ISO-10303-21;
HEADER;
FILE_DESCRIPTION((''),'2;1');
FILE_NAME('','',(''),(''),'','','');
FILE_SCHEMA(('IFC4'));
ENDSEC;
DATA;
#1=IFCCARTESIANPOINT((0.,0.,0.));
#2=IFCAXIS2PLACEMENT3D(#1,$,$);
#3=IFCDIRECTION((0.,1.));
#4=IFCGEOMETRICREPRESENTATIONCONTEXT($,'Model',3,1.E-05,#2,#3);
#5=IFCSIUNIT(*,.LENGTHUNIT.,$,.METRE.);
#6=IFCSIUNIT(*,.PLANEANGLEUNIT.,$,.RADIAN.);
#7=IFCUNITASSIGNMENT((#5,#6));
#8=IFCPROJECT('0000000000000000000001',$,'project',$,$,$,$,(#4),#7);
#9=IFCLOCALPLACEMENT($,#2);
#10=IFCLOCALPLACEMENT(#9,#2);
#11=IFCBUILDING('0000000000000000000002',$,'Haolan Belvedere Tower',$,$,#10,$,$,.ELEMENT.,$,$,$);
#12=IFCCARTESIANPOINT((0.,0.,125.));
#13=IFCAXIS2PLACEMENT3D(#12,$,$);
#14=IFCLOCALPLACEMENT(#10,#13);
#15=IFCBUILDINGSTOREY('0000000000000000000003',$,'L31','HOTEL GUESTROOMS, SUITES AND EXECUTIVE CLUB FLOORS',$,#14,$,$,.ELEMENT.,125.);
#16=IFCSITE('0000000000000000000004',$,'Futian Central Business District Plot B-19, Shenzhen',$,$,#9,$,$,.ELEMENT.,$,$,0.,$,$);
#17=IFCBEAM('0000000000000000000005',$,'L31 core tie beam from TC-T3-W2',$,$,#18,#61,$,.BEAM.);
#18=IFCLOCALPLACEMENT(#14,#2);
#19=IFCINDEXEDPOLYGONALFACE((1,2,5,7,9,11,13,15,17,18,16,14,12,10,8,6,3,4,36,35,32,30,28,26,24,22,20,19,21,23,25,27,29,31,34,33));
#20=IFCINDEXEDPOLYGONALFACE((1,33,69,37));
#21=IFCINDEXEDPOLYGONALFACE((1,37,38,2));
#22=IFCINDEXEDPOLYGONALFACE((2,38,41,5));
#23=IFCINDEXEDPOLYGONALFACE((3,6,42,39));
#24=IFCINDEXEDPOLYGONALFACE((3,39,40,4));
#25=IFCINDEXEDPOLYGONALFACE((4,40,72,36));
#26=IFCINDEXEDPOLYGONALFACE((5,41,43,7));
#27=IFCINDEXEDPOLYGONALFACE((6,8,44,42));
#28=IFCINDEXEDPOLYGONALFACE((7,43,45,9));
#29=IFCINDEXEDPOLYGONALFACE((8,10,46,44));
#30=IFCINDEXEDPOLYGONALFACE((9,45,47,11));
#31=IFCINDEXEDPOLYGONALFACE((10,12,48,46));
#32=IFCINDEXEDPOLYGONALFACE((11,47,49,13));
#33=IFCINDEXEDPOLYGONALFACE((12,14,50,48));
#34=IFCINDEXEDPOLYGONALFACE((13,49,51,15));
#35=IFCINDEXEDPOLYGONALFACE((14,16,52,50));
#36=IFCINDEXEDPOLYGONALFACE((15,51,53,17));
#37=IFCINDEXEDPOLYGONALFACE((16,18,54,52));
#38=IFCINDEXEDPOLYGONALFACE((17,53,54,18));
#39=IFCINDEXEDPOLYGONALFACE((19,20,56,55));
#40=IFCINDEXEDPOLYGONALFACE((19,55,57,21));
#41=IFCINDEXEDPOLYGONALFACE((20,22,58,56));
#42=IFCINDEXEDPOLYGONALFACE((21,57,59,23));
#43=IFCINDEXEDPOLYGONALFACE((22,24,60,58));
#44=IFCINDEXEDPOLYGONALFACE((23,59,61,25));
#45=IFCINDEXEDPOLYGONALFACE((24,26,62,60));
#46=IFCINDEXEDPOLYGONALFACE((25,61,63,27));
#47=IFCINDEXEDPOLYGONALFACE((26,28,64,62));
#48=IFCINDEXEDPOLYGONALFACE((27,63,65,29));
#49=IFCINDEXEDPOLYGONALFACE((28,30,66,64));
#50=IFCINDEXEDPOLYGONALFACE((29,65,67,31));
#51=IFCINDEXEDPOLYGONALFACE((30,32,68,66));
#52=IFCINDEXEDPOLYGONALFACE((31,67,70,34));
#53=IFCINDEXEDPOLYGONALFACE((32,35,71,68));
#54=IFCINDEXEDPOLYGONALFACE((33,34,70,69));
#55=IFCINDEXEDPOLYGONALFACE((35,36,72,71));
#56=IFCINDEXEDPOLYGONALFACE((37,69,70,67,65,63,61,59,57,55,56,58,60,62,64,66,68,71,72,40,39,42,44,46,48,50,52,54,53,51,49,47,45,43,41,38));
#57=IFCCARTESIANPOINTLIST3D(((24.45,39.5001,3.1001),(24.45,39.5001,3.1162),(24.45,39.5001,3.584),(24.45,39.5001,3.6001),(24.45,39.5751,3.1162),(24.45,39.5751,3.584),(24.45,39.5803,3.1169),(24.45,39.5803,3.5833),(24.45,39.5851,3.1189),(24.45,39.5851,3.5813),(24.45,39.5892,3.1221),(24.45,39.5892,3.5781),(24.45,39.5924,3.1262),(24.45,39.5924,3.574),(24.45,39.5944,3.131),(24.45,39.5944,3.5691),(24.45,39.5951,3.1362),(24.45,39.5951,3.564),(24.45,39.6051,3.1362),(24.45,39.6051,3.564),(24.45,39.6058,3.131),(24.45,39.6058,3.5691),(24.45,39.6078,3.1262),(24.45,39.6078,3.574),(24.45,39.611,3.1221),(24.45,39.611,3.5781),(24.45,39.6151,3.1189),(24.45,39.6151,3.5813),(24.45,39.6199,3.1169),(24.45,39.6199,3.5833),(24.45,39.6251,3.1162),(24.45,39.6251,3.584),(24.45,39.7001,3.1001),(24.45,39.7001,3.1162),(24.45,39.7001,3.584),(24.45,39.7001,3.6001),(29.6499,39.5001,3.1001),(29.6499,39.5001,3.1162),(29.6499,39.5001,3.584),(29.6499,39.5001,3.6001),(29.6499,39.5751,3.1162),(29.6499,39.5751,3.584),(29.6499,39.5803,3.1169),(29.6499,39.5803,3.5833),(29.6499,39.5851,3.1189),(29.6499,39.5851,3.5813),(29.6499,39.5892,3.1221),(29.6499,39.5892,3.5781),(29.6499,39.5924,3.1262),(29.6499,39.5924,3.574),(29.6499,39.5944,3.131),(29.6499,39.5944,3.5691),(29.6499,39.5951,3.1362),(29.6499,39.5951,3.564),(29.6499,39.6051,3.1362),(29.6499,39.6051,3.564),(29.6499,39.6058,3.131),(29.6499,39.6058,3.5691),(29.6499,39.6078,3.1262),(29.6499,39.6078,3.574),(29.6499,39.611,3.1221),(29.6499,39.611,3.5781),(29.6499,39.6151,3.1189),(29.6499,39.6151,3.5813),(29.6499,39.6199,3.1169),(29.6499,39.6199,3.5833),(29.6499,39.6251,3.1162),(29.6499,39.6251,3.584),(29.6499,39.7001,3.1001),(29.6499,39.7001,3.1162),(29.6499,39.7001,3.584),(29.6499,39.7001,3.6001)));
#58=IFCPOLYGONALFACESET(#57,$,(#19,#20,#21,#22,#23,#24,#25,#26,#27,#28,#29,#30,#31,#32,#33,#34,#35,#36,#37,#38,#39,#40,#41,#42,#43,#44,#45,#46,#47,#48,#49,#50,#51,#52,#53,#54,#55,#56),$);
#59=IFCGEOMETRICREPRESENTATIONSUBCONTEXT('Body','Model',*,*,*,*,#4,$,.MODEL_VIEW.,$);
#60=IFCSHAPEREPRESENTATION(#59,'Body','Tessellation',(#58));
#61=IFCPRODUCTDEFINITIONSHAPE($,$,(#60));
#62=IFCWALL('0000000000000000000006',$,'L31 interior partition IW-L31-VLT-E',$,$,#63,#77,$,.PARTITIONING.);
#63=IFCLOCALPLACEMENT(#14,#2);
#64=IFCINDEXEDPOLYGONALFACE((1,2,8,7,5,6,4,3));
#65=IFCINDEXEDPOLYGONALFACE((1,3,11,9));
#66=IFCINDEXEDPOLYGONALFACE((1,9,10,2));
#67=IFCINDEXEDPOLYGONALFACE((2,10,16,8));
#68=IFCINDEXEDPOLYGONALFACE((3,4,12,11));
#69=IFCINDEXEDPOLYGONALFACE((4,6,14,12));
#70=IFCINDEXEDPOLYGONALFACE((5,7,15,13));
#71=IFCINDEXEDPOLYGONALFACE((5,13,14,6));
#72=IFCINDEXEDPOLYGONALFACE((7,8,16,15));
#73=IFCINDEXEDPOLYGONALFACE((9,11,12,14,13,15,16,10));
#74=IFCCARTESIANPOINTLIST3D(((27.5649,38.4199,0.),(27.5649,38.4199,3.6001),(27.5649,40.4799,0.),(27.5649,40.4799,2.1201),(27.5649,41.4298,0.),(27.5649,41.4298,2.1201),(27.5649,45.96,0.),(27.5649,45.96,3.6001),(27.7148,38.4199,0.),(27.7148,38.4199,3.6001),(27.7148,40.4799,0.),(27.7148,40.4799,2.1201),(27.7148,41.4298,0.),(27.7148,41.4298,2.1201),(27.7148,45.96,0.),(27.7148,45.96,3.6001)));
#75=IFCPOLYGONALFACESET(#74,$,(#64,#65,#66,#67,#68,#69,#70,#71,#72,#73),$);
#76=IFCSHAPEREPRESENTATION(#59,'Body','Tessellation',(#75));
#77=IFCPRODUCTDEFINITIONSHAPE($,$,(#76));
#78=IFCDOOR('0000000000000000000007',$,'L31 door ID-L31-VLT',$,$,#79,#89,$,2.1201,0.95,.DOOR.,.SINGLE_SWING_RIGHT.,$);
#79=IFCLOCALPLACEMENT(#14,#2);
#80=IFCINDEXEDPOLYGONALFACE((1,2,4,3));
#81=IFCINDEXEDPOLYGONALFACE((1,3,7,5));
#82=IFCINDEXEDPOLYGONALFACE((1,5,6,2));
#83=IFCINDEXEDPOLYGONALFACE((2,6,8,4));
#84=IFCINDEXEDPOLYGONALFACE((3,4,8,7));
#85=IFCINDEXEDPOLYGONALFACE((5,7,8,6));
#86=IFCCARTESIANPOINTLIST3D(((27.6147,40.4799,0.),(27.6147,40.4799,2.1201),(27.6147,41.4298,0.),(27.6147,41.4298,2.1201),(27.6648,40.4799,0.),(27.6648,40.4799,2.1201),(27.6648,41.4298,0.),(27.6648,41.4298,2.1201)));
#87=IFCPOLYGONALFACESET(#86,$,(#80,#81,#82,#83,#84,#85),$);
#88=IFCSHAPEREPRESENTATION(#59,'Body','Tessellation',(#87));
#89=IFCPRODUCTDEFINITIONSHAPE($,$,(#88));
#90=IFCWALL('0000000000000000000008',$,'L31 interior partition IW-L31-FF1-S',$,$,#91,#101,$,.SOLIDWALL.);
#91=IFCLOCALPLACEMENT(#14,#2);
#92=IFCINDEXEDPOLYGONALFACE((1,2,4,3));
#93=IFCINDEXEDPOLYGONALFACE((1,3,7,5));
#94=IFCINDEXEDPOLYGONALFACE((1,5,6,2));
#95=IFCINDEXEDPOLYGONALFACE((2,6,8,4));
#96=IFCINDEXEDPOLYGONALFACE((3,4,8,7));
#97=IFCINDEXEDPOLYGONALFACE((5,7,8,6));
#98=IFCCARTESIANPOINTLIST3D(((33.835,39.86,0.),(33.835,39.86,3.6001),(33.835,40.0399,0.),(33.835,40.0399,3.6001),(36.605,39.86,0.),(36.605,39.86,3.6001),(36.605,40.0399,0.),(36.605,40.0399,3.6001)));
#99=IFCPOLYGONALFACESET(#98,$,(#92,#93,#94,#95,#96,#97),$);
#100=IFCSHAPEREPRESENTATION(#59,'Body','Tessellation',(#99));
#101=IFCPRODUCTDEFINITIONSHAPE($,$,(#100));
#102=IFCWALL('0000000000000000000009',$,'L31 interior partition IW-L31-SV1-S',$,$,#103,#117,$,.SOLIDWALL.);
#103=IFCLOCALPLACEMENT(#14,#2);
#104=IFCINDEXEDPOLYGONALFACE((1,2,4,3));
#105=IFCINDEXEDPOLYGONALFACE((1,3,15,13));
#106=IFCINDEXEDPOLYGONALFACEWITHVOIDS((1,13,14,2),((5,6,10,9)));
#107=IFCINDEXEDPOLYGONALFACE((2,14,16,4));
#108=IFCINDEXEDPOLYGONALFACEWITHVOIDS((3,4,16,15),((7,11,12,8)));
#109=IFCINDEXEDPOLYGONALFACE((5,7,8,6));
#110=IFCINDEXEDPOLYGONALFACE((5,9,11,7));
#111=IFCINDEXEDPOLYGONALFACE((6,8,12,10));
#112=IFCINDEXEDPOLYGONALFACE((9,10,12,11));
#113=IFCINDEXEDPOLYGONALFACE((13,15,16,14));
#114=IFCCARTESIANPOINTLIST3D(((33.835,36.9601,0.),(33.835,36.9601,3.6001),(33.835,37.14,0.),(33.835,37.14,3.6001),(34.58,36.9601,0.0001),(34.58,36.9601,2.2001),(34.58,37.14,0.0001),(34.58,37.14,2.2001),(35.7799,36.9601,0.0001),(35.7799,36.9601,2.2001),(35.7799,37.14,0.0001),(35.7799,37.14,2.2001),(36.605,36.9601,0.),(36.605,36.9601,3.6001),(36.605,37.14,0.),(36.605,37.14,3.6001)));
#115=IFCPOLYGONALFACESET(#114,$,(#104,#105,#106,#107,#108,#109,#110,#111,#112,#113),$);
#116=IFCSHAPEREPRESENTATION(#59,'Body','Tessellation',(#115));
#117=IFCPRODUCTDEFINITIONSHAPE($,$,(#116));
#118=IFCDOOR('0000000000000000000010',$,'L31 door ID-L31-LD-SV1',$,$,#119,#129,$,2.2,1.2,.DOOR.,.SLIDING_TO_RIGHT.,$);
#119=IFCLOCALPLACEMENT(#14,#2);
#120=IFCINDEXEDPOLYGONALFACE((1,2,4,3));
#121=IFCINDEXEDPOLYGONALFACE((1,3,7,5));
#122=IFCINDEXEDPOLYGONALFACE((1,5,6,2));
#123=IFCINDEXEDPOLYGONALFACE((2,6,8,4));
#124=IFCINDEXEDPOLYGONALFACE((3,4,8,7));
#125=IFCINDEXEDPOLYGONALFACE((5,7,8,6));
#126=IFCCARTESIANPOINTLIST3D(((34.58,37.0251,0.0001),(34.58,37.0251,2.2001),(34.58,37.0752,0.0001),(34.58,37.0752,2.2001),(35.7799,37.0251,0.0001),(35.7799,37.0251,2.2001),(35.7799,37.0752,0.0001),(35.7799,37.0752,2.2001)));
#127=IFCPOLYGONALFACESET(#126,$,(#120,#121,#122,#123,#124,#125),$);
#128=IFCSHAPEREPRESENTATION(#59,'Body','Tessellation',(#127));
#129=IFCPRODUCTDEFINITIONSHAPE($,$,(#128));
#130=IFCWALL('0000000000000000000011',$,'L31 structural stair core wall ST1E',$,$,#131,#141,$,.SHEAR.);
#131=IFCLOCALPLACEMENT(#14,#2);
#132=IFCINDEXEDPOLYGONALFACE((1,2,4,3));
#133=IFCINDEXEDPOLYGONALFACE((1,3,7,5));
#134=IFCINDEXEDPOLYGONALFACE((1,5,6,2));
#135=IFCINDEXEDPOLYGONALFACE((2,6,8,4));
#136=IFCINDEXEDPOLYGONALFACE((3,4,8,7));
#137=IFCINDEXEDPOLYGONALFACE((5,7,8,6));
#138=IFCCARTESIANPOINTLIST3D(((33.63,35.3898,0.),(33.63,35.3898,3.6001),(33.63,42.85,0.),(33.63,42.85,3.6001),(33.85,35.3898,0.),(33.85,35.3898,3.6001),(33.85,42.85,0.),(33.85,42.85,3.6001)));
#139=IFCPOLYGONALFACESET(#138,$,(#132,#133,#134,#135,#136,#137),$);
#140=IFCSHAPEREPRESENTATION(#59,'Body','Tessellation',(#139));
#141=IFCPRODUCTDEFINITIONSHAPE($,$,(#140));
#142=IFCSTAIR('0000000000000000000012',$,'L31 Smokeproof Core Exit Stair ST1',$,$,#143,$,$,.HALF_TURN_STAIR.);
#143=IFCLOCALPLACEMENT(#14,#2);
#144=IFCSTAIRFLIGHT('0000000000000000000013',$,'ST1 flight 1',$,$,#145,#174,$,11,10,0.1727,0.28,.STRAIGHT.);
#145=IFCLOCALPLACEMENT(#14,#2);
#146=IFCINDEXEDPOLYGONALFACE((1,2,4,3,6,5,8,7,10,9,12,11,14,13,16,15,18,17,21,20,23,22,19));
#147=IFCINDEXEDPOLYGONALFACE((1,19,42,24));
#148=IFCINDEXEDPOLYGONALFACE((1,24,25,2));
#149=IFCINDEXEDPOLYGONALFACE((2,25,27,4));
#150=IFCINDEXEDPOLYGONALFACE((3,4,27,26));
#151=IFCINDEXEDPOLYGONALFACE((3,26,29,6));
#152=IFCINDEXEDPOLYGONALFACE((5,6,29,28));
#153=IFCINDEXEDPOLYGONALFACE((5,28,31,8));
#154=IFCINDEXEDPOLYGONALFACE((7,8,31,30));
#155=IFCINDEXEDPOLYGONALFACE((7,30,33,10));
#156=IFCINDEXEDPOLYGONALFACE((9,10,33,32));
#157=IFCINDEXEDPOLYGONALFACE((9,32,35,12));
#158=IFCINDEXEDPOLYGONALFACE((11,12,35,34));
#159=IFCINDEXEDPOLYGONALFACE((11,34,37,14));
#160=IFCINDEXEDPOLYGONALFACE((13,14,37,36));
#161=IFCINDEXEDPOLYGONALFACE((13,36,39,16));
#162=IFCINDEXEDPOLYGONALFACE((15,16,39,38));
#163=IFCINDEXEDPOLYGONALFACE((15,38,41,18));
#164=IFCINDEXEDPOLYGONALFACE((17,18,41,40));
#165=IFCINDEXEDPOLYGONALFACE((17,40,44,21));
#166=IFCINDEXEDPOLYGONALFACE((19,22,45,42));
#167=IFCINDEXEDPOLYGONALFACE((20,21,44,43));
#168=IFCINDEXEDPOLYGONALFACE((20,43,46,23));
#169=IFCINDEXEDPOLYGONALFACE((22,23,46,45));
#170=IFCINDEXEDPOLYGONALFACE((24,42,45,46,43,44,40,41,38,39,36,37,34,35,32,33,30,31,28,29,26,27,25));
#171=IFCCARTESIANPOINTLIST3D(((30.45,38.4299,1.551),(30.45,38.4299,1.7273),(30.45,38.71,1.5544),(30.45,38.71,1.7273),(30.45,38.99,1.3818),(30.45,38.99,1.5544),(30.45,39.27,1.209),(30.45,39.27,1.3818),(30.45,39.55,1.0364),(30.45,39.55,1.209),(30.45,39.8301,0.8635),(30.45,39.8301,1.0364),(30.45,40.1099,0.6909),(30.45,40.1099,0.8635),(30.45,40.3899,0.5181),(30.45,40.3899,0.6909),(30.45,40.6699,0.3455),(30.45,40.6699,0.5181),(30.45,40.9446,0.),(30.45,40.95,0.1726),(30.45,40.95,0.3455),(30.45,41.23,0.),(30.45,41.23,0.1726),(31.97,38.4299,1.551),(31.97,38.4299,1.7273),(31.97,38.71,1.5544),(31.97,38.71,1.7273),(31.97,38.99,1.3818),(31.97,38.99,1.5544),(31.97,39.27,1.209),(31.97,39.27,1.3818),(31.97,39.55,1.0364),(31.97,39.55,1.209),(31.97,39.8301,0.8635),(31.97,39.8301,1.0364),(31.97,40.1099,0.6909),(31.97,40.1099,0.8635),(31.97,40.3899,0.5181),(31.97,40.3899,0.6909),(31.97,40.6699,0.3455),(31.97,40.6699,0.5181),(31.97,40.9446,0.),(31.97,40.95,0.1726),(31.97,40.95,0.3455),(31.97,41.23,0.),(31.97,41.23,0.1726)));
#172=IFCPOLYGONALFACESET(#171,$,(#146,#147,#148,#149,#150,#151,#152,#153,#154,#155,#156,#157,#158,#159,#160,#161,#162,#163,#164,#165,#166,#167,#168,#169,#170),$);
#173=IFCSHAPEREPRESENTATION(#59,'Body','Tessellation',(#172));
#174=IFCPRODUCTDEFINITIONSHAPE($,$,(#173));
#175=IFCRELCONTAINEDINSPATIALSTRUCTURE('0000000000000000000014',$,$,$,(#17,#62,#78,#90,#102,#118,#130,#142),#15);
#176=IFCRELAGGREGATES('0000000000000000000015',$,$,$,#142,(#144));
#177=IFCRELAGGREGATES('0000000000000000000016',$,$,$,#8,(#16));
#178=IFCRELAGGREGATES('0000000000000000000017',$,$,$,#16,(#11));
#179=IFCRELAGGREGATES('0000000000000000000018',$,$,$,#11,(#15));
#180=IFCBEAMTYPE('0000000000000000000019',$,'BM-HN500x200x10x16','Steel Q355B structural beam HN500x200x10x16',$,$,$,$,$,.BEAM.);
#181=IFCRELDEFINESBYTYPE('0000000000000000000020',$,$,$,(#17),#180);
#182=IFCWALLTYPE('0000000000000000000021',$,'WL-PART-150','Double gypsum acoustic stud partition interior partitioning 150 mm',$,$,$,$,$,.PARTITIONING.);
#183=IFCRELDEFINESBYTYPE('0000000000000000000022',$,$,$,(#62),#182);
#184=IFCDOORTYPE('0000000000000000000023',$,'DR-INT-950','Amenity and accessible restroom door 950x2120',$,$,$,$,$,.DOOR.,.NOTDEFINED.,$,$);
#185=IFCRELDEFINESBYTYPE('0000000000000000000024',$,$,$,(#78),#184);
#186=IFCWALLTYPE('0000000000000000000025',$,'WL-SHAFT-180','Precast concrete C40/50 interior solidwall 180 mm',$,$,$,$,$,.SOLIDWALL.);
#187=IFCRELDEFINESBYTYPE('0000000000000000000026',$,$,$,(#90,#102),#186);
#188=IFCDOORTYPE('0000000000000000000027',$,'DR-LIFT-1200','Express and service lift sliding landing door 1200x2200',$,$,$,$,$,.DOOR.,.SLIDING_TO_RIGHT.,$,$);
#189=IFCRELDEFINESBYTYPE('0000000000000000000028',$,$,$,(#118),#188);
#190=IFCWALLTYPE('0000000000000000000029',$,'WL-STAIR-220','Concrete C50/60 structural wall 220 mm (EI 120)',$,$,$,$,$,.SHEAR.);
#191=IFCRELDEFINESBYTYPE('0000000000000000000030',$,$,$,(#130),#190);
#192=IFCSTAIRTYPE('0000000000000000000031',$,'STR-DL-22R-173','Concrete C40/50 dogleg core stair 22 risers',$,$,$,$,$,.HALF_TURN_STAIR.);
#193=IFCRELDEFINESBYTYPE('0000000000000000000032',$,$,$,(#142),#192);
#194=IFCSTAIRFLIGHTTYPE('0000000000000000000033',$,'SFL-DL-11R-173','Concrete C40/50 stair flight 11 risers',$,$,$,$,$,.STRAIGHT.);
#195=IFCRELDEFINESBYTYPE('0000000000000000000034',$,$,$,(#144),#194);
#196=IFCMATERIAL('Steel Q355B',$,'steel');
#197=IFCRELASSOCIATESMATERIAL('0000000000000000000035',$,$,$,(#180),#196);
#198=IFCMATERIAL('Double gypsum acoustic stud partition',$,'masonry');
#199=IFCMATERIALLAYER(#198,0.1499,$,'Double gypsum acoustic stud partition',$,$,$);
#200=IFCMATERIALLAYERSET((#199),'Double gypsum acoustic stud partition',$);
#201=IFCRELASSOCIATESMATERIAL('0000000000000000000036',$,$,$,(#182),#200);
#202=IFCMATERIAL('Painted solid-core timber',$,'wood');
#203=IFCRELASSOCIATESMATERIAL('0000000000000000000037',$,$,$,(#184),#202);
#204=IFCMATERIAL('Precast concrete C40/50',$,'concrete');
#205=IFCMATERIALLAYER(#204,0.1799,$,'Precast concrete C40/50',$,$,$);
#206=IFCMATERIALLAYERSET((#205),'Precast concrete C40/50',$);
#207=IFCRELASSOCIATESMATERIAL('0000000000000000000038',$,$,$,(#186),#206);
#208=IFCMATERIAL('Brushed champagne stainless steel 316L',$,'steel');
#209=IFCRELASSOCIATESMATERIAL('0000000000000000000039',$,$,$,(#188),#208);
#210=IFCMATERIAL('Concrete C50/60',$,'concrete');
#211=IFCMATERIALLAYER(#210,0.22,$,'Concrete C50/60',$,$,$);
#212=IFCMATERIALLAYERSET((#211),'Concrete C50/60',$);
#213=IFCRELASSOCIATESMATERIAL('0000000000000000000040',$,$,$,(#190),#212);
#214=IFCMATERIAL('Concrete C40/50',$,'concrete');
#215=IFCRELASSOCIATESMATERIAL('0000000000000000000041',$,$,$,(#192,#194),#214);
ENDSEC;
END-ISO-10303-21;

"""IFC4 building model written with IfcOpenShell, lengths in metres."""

from ifc_helpers import new_model, si_unit, direction, frame, frame_2d, origin, origin_2d, place, context, subcontext, project, spatial, polyline, rectangle, i_section, outline, extrude, material, layer, layer_set, material_profile, profile_set, type_object, element, fill, aggregate, save


model = new_model("IFC4")

# Units and contexts
model_context = context("Model", 3, precision=1e-05, world=origin(), true_north=direction((0.0, 1.0)))
body_context = subcontext(model_context, "Body", "Model", "MODEL_VIEW")
ifc_project = project(units=[si_unit("LENGTHUNIT", "METRE"), si_unit("PLANEANGLEUNIT", "RADIAN")], contexts=[model_context])

# Site, building, storey
site_placement = place(None, origin())
site = spatial("IfcSite", under=ifc_project, at=site_placement, Name="Futian Central Business District Plot B-19, Shenzhen", CompositionType="ELEMENT", RefElevation=0.0)
building_placement = place(site_placement, origin())
building = spatial("IfcBuilding", under=site, at=building_placement, Name="Haolan Belvedere Tower", CompositionType="ELEMENT")
storey_placement = place(building_placement, frame((0.0, 0.0, 125.0)))
storey = spatial("IfcBuildingStorey", under=building, at=storey_placement, Name="L31", Description="HOTEL GUESTROOMS, SUITES AND EXECUTIVE CLUB FLOORS", CompositionType="ELEMENT", Elevation=125.0)

# Beam
ifc_material_1 = material(Name="Steel Q355B", Category="steel")
ifc_material_profile = material_profile(ifc_material_1, i_section(OverallWidth=0.2, OverallDepth=0.5, WebThickness=0.01, FlangeThickness=0.0161, FilletRadius=0.02, at=origin_2d()), Name="Steel Q355B")
ifc_profile_set = profile_set([ifc_material_profile], Name="Steel Q355B")
beam_type = type_object("IfcBeamType", Name="BM-HN500x200x10x16", Description="Steel Q355B structural beam HN500x200x10x16", PredefinedType="BEAM", material=ifc_profile_set)
beam_placement = place(storey_placement, frame((24.45, 39.6001, 3.3501), z_axis=(1.0, 0.0, 0.0), x_axis=(0.0, 1.0, 0.0)))
element("IfcBeam", 1, at=beam_placement, inside=storey, type_object=beam_type, Name="L31 core tie beam from TC-T3-W2", PredefinedType="BEAM", context=body_context, shape_type="SweptSolid", body=[
    extrude(i_section(OverallWidth=0.2, OverallDepth=0.5, WebThickness=0.01, FlangeThickness=0.0161, FilletRadius=0.02, at=origin_2d()), origin(), (0.0, 0.0, 1.0), 5.2),
])

# Wall, opening, door
ifc_material_2 = material(Name="Double gypsum acoustic stud partition", Category="masonry")
ifc_layer_1 = layer(ifc_material_2, 0.1499, Name="Double gypsum acoustic stud partition")
ifc_layer_set_1 = layer_set([ifc_layer_1], Name="Double gypsum acoustic stud partition")
wall_type_1 = type_object("IfcWallType", Name="WL-PART-150", Description="Double gypsum acoustic stud partition interior partitioning 150 mm", PredefinedType="PARTITIONING", material=ifc_layer_set_1)
wall_1_placement = place(storey_placement, frame((27.6399, 38.4199, 0.0), z_axis=(0.0, 0.0, 1.0), x_axis=(0.0, 1.0, 0.0)))
wall_1 = element("IfcWall", 2, at=wall_1_placement, inside=storey, type_object=wall_type_1, Name="L31 interior partition IW-L31-VLT-E", PredefinedType="PARTITIONING", context=body_context, shape_type="SweptSolid", body=[
    extrude(rectangle(XDim=7.54, YDim=0.1499, at=frame_2d((3.77, 0.0))), origin(), (0.0, 0.0, 1.0), 3.6001),
])
opening_1_placement = place(wall_1_placement, frame((3.01, 0.0, 0.0), z_axis=(0.0, 0.0, 1.0), x_axis=(-1.0, 0.0, 0.0)))
opening_1 = element("IfcOpeningElement", 3, at=opening_1_placement, cuts=wall_1, PredefinedType="OPENING", context=body_context, shape_type="SweptSolid", body=[
    extrude(rectangle(XDim=0.95, YDim=2.1201, at=frame_2d((0.4751, 1.0601))), frame((0.0, 0.085, 0.0), z_axis=(0.0, -1.0, 0.0), x_axis=(1.0, 0.0, 0.0)), (0.0, 0.0, 1.0), 0.1699),
])
ifc_material_3 = material(Name="Painted solid-core timber", Category="wood")
door_type_1 = type_object("IfcDoorType", Name="DR-INT-950", Description="Amenity and accessible restroom door 950x2120", OperationType="NOTDEFINED", PredefinedType="DOOR", material=ifc_material_3)
door_1_placement = place(opening_1_placement, origin())
door_1 = element("IfcDoor", 4, at=door_1_placement, inside=storey, type_object=door_type_1, Name="L31 door ID-L31-VLT", OperationType="SINGLE_SWING_RIGHT", OverallHeight=2.1201, OverallWidth=0.95, PredefinedType="DOOR", context=body_context, shape_type="SweptSolid", body=[
    extrude(rectangle(XDim=0.95, YDim=2.1201, at=frame_2d((0.4751, 1.0601))), frame((0.0, 0.0249, 0.0), z_axis=(0.0, -1.0, 0.0), x_axis=(1.0, 0.0, 0.0)), (0.0, 0.0, 1.0), 0.05),
])
fill(opening_1, door_1)

# Wall
ifc_material_4 = material(Name="Precast concrete C40/50", Category="concrete")
ifc_layer_2 = layer(ifc_material_4, 0.1799, Name="Precast concrete C40/50")
ifc_layer_set_2 = layer_set([ifc_layer_2], Name="Precast concrete C40/50")
wall_type_2 = type_object("IfcWallType", Name="WL-SHAFT-180", Description="Precast concrete C40/50 interior solidwall 180 mm", PredefinedType="SOLIDWALL", material=ifc_layer_set_2)
wall_2_placement = place(storey_placement, frame((33.835, 39.95, 0.0), z_axis=(0.0, 0.0, 1.0), x_axis=(1.0, 0.0, 0.0)))
element("IfcWall", 5, at=wall_2_placement, inside=storey, type_object=wall_type_2, Name="L31 interior partition IW-L31-FF1-S", PredefinedType="SOLIDWALL", context=body_context, shape_type="SweptSolid", body=[
    extrude(rectangle(XDim=2.77, YDim=0.1799, at=frame_2d((1.385, 0.0))), origin(), (0.0, 0.0, 1.0), 3.6001),
])

# Wall, opening, door
wall_3_placement = place(storey_placement, frame((33.835, 37.05, 0.0), z_axis=(0.0, 0.0, 1.0), x_axis=(1.0, 0.0, 0.0)))
wall_3 = element("IfcWall", 6, at=wall_3_placement, inside=storey, type_object=wall_type_2, Name="L31 interior partition IW-L31-SV1-S", PredefinedType="SOLIDWALL", context=body_context, shape_type="SweptSolid", body=[
    extrude(rectangle(XDim=2.77, YDim=0.1799, at=frame_2d((1.385, 0.0))), origin(), (0.0, 0.0, 1.0), 3.6001),
])
opening_2_placement = place(wall_3_placement, frame((1.9451, 0.0, 0.0), z_axis=(0.0, 0.0, 1.0), x_axis=(-1.0, 0.0, 0.0)))
opening_2 = element("IfcOpeningElement", 7, at=opening_2_placement, cuts=wall_3, PredefinedType="OPENING", context=body_context, shape_type="SweptSolid", body=[
    extrude(rectangle(XDim=1.2, YDim=2.2, at=frame_2d((0.6001, 1.1001))), frame((0.0, 0.0999, 0.0), z_axis=(0.0, -1.0, 0.0), x_axis=(1.0, 0.0, 0.0)), (0.0, 0.0, 1.0), 0.2),
])
ifc_material_5 = material(Name="Brushed champagne stainless steel 316L", Category="steel")
door_type_2 = type_object("IfcDoorType", Name="DR-LIFT-1200", Description="Express and service lift sliding landing door 1200x2200", OperationType="SLIDING_TO_RIGHT", PredefinedType="DOOR", material=ifc_material_5)
door_2_placement = place(opening_2_placement, origin())
door_2 = element("IfcDoor", 8, at=door_2_placement, inside=storey, type_object=door_type_2, Name="L31 door ID-L31-LD-SV1", OperationType="SLIDING_TO_RIGHT", OverallHeight=2.2, OverallWidth=1.2, PredefinedType="DOOR", context=body_context, shape_type="SweptSolid", body=[
    extrude(rectangle(XDim=1.2, YDim=2.2, at=frame_2d((0.6001, 1.1001))), frame((0.0, 0.0249, 0.0), z_axis=(0.0, -1.0, 0.0), x_axis=(1.0, 0.0, 0.0)), (0.0, 0.0, 1.0), 0.05),
])
fill(opening_2, door_2)

# Wall
ifc_material_6 = material(Name="Concrete C50/60", Category="concrete")
ifc_layer_3 = layer(ifc_material_6, 0.22, Name="Concrete C50/60")
ifc_layer_set_3 = layer_set([ifc_layer_3], Name="Concrete C50/60")
wall_type_3 = type_object("IfcWallType", Name="WL-STAIR-220", Description="Concrete C50/60 structural wall 220 mm (EI 120)", PredefinedType="SHEAR", material=ifc_layer_set_3)
wall_4_placement = place(storey_placement, frame((33.74, 35.3899, 0.0), z_axis=(0.0, 0.0, 1.0), x_axis=(0.0, 1.0, 0.0)))
element("IfcWall", 9, at=wall_4_placement, inside=storey, type_object=wall_type_3, Name="L31 structural stair core wall ST1E", PredefinedType="SHEAR", context=body_context, shape_type="SweptSolid", body=[
    extrude(rectangle(XDim=7.4602, YDim=0.22, at=frame_2d((3.73, 0.0))), origin(), (0.0, 0.0, 1.0), 3.6001),
])

# Stair, stair flight
ifc_material_7 = material(Name="Concrete C40/50", Category="concrete")
stair_type = type_object("IfcStairType", Name="STR-DL-22R-173", Description="Concrete C40/50 dogleg core stair 22 risers", PredefinedType="HALF_TURN_STAIR", material=ifc_material_7)
stair_placement = place(storey_placement, origin())
stair = element("IfcStair", 10, at=stair_placement, inside=storey, type_object=stair_type, Name="L31 Smokeproof Core Exit Stair ST1", PredefinedType="HALF_TURN_STAIR")
stair_flight_type = type_object("IfcStairFlightType", Name="SFL-DL-11R-173", Description="Concrete C40/50 stair flight 11 risers", PredefinedType="STRAIGHT", material=ifc_material_7)
stair_flight_1_placement = place(storey_placement, frame((31.21, 41.23, 0.0), z_axis=(0.0, 0.0, 1.0), x_axis=(0.0, -1.0, 0.0)))
stair_flight_1 = element("IfcStairFlight", 11, at=stair_flight_1_placement, type_object=stair_flight_type, Name="ST1 flight 1", NumberOfRisers=11, NumberOfTreads=10, PredefinedType="STRAIGHT", RiserHeight=0.1727, TreadLength=0.28, context=body_context, shape_type="SweptSolid", body=[
    extrude(outline(polyline([(0.0, 0.0), (0.0, 0.1726), (0.28, 0.1726), (0.28, 0.3455), (0.5601, 0.3455), (0.5601, 0.5181), (0.8401, 0.5181), (0.8401, 0.6909), (1.1201, 0.6909), (1.1201, 0.8635), (1.3999, 0.8635), (1.3999, 1.0364), (1.6799, 1.0364), (1.6799, 1.209), (1.96, 1.209), (1.96, 1.3818), (2.24, 1.3818), (2.24, 1.5544), (2.52, 1.5544), (2.52, 1.7273), (2.8, 1.7273), (2.8, 1.8999), (2.8, 1.551), (0.2854, 0.0), (0.0, 0.0)])), frame((0.0, 0.76, 0.0), z_axis=(0.0, -1.0, 0.0), x_axis=(1.0, 0.0, 0.0)), (0.0, 0.0, 1.0), 1.52),
])
aggregate(stair, [stair_flight_1])

save(model, "model.ifc")
